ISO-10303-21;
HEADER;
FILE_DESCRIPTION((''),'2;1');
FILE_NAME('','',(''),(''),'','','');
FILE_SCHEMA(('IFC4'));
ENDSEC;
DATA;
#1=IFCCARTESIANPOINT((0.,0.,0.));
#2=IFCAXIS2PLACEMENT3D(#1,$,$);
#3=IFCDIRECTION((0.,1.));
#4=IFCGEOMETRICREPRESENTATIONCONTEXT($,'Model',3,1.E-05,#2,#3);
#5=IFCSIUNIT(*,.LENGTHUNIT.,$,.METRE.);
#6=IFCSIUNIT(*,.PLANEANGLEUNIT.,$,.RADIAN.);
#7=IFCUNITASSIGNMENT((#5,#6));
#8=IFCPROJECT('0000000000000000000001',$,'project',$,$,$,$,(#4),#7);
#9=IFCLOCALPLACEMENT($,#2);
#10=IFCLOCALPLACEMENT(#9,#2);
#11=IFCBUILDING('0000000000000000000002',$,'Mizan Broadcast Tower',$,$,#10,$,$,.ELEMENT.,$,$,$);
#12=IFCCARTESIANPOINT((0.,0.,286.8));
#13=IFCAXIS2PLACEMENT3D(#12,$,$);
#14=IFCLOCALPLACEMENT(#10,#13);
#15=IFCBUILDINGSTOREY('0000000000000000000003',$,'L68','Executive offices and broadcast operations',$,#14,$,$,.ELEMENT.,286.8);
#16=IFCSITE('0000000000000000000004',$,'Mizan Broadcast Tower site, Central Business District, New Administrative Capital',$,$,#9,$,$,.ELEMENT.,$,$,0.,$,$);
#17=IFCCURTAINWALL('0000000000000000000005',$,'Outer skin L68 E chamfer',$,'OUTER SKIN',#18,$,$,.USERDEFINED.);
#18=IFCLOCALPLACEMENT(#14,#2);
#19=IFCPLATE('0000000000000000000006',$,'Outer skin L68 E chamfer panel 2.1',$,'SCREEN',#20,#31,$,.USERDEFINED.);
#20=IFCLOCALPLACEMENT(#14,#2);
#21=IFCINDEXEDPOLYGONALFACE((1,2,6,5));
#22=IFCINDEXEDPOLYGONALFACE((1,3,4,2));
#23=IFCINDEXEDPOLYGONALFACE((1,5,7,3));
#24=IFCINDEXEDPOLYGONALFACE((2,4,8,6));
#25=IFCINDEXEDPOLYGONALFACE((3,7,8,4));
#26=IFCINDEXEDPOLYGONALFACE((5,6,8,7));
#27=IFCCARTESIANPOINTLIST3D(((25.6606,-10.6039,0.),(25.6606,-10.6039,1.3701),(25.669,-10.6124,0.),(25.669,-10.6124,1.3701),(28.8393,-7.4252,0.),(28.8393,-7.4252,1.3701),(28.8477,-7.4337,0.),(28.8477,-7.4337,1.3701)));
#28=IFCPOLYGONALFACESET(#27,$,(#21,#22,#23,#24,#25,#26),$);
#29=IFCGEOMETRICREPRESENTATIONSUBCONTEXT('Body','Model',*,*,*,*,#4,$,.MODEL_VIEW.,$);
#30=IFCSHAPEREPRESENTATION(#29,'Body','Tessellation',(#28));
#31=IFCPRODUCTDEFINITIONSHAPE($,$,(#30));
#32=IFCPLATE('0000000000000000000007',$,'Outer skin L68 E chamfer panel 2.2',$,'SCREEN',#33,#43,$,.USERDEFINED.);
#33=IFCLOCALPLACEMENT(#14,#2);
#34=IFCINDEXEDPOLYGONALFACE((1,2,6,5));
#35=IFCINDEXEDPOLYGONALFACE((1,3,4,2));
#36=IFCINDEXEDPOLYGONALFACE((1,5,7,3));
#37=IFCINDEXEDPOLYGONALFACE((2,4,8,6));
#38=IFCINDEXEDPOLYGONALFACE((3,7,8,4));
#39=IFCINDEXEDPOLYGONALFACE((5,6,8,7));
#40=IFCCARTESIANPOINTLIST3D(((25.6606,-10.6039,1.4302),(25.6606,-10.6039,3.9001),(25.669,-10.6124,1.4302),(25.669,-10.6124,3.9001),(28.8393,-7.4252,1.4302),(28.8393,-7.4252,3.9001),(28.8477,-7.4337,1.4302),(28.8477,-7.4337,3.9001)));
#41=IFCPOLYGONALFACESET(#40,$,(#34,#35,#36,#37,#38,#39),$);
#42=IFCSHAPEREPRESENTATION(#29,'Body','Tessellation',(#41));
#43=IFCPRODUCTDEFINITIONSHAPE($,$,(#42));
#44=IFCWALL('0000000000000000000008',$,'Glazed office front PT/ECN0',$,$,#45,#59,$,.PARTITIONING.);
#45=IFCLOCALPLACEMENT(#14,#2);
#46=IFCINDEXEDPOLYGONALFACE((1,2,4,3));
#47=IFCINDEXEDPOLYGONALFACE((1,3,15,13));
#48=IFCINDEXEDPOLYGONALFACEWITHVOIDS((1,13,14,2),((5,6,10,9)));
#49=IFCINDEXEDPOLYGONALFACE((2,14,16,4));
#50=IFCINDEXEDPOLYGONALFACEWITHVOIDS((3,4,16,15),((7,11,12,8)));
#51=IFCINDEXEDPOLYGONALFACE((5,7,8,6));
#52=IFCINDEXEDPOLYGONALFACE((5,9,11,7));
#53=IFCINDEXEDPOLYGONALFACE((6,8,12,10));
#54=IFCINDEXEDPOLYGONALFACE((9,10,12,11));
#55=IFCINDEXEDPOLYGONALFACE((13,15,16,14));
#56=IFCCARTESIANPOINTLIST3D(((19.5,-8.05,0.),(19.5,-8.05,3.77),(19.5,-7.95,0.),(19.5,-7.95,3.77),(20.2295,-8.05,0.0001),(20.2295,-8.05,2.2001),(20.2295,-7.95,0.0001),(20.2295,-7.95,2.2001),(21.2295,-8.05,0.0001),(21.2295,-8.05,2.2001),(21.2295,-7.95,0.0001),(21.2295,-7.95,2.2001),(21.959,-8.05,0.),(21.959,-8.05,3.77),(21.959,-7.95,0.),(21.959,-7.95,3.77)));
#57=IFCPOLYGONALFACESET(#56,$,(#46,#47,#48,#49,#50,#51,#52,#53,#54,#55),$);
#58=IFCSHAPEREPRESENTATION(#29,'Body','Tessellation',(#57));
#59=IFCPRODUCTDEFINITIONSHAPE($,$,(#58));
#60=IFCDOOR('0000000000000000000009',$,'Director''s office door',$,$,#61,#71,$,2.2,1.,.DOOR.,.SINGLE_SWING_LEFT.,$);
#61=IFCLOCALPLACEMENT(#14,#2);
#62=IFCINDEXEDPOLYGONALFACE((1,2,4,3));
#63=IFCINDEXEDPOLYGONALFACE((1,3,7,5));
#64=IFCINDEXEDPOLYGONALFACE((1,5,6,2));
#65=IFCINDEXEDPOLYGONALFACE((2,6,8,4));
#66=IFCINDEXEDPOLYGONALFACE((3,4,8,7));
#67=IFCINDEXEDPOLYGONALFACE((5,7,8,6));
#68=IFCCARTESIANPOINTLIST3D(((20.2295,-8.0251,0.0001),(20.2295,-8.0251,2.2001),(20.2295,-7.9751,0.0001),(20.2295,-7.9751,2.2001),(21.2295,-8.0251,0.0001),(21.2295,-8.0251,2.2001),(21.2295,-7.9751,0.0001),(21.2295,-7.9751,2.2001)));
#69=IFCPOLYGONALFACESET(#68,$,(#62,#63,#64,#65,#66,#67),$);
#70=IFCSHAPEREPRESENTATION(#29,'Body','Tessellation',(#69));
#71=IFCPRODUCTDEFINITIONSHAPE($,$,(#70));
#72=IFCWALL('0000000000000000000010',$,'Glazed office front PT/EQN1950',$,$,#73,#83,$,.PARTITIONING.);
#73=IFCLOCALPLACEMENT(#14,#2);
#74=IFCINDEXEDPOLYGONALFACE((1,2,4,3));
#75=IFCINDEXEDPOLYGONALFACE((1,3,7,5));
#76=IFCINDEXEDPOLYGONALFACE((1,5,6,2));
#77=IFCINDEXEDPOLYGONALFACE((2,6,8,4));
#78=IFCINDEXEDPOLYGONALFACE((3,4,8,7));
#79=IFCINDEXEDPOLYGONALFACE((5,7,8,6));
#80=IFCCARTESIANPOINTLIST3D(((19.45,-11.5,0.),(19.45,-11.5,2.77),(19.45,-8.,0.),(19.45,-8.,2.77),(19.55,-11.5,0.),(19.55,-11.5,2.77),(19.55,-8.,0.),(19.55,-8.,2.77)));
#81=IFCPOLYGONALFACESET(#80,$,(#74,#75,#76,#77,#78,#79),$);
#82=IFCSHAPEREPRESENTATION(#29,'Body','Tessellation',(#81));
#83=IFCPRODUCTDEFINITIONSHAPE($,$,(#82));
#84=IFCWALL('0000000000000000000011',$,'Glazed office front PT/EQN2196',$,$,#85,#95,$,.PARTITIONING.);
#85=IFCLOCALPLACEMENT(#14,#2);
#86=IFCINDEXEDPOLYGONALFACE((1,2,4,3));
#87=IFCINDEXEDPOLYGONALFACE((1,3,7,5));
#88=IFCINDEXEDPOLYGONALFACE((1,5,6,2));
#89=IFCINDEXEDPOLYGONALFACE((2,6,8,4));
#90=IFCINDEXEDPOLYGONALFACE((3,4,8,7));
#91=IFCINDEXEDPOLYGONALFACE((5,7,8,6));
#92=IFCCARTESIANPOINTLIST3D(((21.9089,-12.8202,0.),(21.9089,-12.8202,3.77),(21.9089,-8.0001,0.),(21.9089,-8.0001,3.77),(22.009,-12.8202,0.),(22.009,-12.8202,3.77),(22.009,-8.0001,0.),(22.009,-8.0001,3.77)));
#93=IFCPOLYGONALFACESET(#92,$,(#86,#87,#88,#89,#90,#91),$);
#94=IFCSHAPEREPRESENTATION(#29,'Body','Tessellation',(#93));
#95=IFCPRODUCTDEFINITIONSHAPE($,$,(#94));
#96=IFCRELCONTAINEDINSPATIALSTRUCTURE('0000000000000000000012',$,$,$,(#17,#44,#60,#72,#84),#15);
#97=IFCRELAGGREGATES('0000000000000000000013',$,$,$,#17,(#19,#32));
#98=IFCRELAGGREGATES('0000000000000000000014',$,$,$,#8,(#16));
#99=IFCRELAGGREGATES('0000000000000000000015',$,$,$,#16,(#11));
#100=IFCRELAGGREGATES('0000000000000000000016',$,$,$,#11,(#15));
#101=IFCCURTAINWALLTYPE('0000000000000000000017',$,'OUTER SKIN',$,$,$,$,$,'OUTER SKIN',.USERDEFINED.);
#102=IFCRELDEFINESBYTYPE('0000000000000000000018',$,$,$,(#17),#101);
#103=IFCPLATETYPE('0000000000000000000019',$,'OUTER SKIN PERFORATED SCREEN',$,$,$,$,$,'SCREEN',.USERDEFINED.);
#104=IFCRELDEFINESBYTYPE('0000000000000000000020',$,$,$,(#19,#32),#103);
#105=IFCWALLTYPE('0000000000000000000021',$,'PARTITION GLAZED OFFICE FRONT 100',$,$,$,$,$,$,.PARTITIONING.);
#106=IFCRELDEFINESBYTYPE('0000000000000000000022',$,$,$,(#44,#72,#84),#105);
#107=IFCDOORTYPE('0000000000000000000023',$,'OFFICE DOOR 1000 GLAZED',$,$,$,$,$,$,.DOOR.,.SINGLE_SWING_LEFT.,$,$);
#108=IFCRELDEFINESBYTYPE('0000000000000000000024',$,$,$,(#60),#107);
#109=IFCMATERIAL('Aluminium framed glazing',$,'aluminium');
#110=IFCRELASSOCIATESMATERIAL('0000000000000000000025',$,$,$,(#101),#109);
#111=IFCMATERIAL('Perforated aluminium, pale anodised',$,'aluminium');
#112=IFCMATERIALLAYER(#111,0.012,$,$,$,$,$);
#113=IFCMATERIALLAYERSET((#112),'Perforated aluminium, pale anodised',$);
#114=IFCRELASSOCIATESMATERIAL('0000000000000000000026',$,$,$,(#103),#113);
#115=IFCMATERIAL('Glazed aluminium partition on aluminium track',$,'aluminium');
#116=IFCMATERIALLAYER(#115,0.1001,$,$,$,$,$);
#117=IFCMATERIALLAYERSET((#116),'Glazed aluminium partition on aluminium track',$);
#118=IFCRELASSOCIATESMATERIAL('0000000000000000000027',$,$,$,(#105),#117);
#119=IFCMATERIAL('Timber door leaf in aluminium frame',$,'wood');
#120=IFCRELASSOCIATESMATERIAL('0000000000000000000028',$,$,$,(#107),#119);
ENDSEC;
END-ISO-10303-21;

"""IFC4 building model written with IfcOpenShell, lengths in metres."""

from ifc_helpers import new_model, si_unit, direction, frame, frame_2d, origin, origin_2d, place, context, subcontext, project, spatial, rectangle, extrude, material, layer, layer_set, type_object, element, fill, aggregate, save


model = new_model("IFC4")

# Units and contexts
model_context = context("Model", 3, precision=1e-05, world=origin(), true_north=direction((0.0, 1.0)))
body_context = subcontext(model_context, "Body", "Model", "MODEL_VIEW")
ifc_project = project(units=[si_unit("LENGTHUNIT", "METRE"), si_unit("PLANEANGLEUNIT", "RADIAN")], contexts=[model_context])

# Site, building, storey
site_placement = place(None, origin())
site = spatial("IfcSite", under=ifc_project, at=site_placement, Name="Mizan Broadcast Tower site, Central Business District, New Administrative Capital", CompositionType="ELEMENT", RefElevation=0.0)
building_placement = place(site_placement, origin())
building = spatial("IfcBuilding", under=site, at=building_placement, Name="Mizan Broadcast Tower", CompositionType="ELEMENT")
storey_placement = place(building_placement, frame((0.0, 0.0, 286.8)))
storey = spatial("IfcBuildingStorey", under=building, at=storey_placement, Name="L68", Description="Executive offices and broadcast operations", CompositionType="ELEMENT", Elevation=286.8)

# Curtain wall
ifc_material_1 = material(Name="Aluminium framed glazing", Category="aluminium")
curtain_wall_type_1 = type_object("IfcCurtainWallType", Name="OUTER SKIN", ElementType="OUTER SKIN", PredefinedType="USERDEFINED", material=ifc_material_1)
curtain_wall_1_placement = place(storey_placement, origin())
curtain_wall_1 = element("IfcCurtainWall", 1, at=curtain_wall_1_placement, inside=storey, type_object=curtain_wall_type_1, Name="Outer skin L68 E chamfer", ObjectType="OUTER SKIN", PredefinedType="USERDEFINED")

# Plates
ifc_material_2 = material(Name="Perforated aluminium, pale anodised", Category="aluminium")
ifc_layer_1 = layer(ifc_material_2, 0.012)
ifc_layer_set_1 = layer_set([ifc_layer_1], Name="Perforated aluminium, pale anodised")
plate_type_1 = type_object("IfcPlateType", Name="OUTER SKIN PERFORATED SCREEN", ElementType="SCREEN", PredefinedType="USERDEFINED", material=ifc_layer_set_1)
plate_1_placement = place(storey_placement, frame((27.2542, -9.0188, 0.0), z_axis=(0.0, 0.0, 1.0), x_axis=(0.707107, 0.707107, 0.0)))
plate_1 = element("IfcPlate", 2, at=plate_1_placement, type_object=plate_type_1, Name="Outer skin L68 E chamfer panel 2.1", ObjectType="SCREEN", PredefinedType="USERDEFINED", context=body_context, shape_type="SweptSolid", body=[
    extrude(rectangle(XDim=4.4954, YDim=0.012, at=origin_2d()), origin(), (0.0, 0.0, 1.0), 1.3701),
])
plate_2_placement = place(storey_placement, frame((27.2542, -9.0188, 1.4302), z_axis=(0.0, 0.0, 1.0), x_axis=(0.707107, 0.707107, 0.0)))
plate_2 = element("IfcPlate", 3, at=plate_2_placement, type_object=plate_type_1, Name="Outer skin L68 E chamfer panel 2.2", ObjectType="SCREEN", PredefinedType="USERDEFINED", context=body_context, shape_type="SweptSolid", body=[
    extrude(rectangle(XDim=4.4954, YDim=0.012, at=origin_2d()), origin(), (0.0, 0.0, 1.0), 2.47),
])
aggregate(curtain_wall_1, [plate_1, plate_2])

# Wall, opening, door
ifc_material_3 = material(Name="Glazed aluminium partition on aluminium track", Category="aluminium")
ifc_layer_2 = layer(ifc_material_3, 0.1001)
ifc_layer_set_2 = layer_set([ifc_layer_2], Name="Glazed aluminium partition on aluminium track")
wall_type = type_object("IfcWallType", Name="PARTITION GLAZED OFFICE FRONT 100", PredefinedType="PARTITIONING", material=ifc_layer_set_2)
wall_1_placement = place(storey_placement, frame((19.5, -8.0, 0.0), z_axis=(0.0, 0.0, 1.0), x_axis=(1.0, 0.0, 0.0)))
wall_1 = element("IfcWall", 4, at=wall_1_placement, inside=storey, type_object=wall_type, Name="Glazed office front PT/ECN0", PredefinedType="PARTITIONING", context=body_context, shape_type="SweptSolid", body=[
    extrude(rectangle(XDim=2.459, YDim=0.1001, at=frame_2d((1.2295, 0.0))), origin(), (0.0, 0.0, 1.0), 3.77),
])
opening_placement = place(wall_1_placement, frame((0.7295, 0.0, 0.0)))
opening = element("IfcOpeningElement", 5, at=opening_placement, cuts=wall_1, PredefinedType="OPENING", context=body_context, shape_type="SweptSolid", body=[
    extrude(rectangle(XDim=1.0, YDim=2.2, at=frame_2d((0.5, 1.1001))), frame((0.0, 0.0601, 0.0), z_axis=(0.0, -1.0, 0.0), x_axis=(1.0, 0.0, 0.0)), (0.0, 0.0, 1.0), 0.1201),
])
ifc_material_4 = material(Name="Timber door leaf in aluminium frame", Category="wood")
door_type = type_object("IfcDoorType", Name="OFFICE DOOR 1000 GLAZED", OperationType="SINGLE_SWING_LEFT", PredefinedType="DOOR", material=ifc_material_4)
door_placement = place(opening_placement, origin())
door = element("IfcDoor", 6, at=door_placement, inside=storey, type_object=door_type, Name="Director's office door", OperationType="SINGLE_SWING_LEFT", OverallHeight=2.2, OverallWidth=1.0, PredefinedType="DOOR", context=body_context, shape_type="SweptSolid", body=[
    extrude(rectangle(XDim=1.0, YDim=2.2, at=frame_2d((0.5, 1.1001))), frame((0.0, 0.0249, 0.0), z_axis=(0.0, -1.0, 0.0), x_axis=(1.0, 0.0, 0.0)), (0.0, 0.0, 1.0), 0.05),
])
fill(opening, door)

# Walls
wall_2_placement = place(storey_placement, frame((19.5, -8.0, 0.0), z_axis=(0.0, 0.0, 1.0), x_axis=(0.0, -1.0, 0.0)))
element("IfcWall", 7, at=wall_2_placement, inside=storey, type_object=wall_type, Name="Glazed office front PT/EQN1950", PredefinedType="PARTITIONING", context=body_context, shape_type="SweptSolid", body=[
    extrude(rectangle(XDim=3.5, YDim=0.1001, at=frame_2d((1.75, 0.0))), origin(), (0.0, 0.0, 1.0), 2.77),
])
wall_3_placement = place(storey_placement, frame((21.959, -8.0, 0.0), z_axis=(0.0, 0.0, 1.0), x_axis=(0.0, -1.0, 0.0)))
element("IfcWall", 8, at=wall_3_placement, inside=storey, type_object=wall_type, Name="Glazed office front PT/EQN2196", PredefinedType="PARTITIONING", context=body_context, shape_type="SweptSolid", body=[
    extrude(rectangle(XDim=4.8201, YDim=0.1001, at=frame_2d((2.4102, 0.0))), origin(), (0.0, 0.0, 1.0), 3.77),
])

save(model, "model.ifc")
